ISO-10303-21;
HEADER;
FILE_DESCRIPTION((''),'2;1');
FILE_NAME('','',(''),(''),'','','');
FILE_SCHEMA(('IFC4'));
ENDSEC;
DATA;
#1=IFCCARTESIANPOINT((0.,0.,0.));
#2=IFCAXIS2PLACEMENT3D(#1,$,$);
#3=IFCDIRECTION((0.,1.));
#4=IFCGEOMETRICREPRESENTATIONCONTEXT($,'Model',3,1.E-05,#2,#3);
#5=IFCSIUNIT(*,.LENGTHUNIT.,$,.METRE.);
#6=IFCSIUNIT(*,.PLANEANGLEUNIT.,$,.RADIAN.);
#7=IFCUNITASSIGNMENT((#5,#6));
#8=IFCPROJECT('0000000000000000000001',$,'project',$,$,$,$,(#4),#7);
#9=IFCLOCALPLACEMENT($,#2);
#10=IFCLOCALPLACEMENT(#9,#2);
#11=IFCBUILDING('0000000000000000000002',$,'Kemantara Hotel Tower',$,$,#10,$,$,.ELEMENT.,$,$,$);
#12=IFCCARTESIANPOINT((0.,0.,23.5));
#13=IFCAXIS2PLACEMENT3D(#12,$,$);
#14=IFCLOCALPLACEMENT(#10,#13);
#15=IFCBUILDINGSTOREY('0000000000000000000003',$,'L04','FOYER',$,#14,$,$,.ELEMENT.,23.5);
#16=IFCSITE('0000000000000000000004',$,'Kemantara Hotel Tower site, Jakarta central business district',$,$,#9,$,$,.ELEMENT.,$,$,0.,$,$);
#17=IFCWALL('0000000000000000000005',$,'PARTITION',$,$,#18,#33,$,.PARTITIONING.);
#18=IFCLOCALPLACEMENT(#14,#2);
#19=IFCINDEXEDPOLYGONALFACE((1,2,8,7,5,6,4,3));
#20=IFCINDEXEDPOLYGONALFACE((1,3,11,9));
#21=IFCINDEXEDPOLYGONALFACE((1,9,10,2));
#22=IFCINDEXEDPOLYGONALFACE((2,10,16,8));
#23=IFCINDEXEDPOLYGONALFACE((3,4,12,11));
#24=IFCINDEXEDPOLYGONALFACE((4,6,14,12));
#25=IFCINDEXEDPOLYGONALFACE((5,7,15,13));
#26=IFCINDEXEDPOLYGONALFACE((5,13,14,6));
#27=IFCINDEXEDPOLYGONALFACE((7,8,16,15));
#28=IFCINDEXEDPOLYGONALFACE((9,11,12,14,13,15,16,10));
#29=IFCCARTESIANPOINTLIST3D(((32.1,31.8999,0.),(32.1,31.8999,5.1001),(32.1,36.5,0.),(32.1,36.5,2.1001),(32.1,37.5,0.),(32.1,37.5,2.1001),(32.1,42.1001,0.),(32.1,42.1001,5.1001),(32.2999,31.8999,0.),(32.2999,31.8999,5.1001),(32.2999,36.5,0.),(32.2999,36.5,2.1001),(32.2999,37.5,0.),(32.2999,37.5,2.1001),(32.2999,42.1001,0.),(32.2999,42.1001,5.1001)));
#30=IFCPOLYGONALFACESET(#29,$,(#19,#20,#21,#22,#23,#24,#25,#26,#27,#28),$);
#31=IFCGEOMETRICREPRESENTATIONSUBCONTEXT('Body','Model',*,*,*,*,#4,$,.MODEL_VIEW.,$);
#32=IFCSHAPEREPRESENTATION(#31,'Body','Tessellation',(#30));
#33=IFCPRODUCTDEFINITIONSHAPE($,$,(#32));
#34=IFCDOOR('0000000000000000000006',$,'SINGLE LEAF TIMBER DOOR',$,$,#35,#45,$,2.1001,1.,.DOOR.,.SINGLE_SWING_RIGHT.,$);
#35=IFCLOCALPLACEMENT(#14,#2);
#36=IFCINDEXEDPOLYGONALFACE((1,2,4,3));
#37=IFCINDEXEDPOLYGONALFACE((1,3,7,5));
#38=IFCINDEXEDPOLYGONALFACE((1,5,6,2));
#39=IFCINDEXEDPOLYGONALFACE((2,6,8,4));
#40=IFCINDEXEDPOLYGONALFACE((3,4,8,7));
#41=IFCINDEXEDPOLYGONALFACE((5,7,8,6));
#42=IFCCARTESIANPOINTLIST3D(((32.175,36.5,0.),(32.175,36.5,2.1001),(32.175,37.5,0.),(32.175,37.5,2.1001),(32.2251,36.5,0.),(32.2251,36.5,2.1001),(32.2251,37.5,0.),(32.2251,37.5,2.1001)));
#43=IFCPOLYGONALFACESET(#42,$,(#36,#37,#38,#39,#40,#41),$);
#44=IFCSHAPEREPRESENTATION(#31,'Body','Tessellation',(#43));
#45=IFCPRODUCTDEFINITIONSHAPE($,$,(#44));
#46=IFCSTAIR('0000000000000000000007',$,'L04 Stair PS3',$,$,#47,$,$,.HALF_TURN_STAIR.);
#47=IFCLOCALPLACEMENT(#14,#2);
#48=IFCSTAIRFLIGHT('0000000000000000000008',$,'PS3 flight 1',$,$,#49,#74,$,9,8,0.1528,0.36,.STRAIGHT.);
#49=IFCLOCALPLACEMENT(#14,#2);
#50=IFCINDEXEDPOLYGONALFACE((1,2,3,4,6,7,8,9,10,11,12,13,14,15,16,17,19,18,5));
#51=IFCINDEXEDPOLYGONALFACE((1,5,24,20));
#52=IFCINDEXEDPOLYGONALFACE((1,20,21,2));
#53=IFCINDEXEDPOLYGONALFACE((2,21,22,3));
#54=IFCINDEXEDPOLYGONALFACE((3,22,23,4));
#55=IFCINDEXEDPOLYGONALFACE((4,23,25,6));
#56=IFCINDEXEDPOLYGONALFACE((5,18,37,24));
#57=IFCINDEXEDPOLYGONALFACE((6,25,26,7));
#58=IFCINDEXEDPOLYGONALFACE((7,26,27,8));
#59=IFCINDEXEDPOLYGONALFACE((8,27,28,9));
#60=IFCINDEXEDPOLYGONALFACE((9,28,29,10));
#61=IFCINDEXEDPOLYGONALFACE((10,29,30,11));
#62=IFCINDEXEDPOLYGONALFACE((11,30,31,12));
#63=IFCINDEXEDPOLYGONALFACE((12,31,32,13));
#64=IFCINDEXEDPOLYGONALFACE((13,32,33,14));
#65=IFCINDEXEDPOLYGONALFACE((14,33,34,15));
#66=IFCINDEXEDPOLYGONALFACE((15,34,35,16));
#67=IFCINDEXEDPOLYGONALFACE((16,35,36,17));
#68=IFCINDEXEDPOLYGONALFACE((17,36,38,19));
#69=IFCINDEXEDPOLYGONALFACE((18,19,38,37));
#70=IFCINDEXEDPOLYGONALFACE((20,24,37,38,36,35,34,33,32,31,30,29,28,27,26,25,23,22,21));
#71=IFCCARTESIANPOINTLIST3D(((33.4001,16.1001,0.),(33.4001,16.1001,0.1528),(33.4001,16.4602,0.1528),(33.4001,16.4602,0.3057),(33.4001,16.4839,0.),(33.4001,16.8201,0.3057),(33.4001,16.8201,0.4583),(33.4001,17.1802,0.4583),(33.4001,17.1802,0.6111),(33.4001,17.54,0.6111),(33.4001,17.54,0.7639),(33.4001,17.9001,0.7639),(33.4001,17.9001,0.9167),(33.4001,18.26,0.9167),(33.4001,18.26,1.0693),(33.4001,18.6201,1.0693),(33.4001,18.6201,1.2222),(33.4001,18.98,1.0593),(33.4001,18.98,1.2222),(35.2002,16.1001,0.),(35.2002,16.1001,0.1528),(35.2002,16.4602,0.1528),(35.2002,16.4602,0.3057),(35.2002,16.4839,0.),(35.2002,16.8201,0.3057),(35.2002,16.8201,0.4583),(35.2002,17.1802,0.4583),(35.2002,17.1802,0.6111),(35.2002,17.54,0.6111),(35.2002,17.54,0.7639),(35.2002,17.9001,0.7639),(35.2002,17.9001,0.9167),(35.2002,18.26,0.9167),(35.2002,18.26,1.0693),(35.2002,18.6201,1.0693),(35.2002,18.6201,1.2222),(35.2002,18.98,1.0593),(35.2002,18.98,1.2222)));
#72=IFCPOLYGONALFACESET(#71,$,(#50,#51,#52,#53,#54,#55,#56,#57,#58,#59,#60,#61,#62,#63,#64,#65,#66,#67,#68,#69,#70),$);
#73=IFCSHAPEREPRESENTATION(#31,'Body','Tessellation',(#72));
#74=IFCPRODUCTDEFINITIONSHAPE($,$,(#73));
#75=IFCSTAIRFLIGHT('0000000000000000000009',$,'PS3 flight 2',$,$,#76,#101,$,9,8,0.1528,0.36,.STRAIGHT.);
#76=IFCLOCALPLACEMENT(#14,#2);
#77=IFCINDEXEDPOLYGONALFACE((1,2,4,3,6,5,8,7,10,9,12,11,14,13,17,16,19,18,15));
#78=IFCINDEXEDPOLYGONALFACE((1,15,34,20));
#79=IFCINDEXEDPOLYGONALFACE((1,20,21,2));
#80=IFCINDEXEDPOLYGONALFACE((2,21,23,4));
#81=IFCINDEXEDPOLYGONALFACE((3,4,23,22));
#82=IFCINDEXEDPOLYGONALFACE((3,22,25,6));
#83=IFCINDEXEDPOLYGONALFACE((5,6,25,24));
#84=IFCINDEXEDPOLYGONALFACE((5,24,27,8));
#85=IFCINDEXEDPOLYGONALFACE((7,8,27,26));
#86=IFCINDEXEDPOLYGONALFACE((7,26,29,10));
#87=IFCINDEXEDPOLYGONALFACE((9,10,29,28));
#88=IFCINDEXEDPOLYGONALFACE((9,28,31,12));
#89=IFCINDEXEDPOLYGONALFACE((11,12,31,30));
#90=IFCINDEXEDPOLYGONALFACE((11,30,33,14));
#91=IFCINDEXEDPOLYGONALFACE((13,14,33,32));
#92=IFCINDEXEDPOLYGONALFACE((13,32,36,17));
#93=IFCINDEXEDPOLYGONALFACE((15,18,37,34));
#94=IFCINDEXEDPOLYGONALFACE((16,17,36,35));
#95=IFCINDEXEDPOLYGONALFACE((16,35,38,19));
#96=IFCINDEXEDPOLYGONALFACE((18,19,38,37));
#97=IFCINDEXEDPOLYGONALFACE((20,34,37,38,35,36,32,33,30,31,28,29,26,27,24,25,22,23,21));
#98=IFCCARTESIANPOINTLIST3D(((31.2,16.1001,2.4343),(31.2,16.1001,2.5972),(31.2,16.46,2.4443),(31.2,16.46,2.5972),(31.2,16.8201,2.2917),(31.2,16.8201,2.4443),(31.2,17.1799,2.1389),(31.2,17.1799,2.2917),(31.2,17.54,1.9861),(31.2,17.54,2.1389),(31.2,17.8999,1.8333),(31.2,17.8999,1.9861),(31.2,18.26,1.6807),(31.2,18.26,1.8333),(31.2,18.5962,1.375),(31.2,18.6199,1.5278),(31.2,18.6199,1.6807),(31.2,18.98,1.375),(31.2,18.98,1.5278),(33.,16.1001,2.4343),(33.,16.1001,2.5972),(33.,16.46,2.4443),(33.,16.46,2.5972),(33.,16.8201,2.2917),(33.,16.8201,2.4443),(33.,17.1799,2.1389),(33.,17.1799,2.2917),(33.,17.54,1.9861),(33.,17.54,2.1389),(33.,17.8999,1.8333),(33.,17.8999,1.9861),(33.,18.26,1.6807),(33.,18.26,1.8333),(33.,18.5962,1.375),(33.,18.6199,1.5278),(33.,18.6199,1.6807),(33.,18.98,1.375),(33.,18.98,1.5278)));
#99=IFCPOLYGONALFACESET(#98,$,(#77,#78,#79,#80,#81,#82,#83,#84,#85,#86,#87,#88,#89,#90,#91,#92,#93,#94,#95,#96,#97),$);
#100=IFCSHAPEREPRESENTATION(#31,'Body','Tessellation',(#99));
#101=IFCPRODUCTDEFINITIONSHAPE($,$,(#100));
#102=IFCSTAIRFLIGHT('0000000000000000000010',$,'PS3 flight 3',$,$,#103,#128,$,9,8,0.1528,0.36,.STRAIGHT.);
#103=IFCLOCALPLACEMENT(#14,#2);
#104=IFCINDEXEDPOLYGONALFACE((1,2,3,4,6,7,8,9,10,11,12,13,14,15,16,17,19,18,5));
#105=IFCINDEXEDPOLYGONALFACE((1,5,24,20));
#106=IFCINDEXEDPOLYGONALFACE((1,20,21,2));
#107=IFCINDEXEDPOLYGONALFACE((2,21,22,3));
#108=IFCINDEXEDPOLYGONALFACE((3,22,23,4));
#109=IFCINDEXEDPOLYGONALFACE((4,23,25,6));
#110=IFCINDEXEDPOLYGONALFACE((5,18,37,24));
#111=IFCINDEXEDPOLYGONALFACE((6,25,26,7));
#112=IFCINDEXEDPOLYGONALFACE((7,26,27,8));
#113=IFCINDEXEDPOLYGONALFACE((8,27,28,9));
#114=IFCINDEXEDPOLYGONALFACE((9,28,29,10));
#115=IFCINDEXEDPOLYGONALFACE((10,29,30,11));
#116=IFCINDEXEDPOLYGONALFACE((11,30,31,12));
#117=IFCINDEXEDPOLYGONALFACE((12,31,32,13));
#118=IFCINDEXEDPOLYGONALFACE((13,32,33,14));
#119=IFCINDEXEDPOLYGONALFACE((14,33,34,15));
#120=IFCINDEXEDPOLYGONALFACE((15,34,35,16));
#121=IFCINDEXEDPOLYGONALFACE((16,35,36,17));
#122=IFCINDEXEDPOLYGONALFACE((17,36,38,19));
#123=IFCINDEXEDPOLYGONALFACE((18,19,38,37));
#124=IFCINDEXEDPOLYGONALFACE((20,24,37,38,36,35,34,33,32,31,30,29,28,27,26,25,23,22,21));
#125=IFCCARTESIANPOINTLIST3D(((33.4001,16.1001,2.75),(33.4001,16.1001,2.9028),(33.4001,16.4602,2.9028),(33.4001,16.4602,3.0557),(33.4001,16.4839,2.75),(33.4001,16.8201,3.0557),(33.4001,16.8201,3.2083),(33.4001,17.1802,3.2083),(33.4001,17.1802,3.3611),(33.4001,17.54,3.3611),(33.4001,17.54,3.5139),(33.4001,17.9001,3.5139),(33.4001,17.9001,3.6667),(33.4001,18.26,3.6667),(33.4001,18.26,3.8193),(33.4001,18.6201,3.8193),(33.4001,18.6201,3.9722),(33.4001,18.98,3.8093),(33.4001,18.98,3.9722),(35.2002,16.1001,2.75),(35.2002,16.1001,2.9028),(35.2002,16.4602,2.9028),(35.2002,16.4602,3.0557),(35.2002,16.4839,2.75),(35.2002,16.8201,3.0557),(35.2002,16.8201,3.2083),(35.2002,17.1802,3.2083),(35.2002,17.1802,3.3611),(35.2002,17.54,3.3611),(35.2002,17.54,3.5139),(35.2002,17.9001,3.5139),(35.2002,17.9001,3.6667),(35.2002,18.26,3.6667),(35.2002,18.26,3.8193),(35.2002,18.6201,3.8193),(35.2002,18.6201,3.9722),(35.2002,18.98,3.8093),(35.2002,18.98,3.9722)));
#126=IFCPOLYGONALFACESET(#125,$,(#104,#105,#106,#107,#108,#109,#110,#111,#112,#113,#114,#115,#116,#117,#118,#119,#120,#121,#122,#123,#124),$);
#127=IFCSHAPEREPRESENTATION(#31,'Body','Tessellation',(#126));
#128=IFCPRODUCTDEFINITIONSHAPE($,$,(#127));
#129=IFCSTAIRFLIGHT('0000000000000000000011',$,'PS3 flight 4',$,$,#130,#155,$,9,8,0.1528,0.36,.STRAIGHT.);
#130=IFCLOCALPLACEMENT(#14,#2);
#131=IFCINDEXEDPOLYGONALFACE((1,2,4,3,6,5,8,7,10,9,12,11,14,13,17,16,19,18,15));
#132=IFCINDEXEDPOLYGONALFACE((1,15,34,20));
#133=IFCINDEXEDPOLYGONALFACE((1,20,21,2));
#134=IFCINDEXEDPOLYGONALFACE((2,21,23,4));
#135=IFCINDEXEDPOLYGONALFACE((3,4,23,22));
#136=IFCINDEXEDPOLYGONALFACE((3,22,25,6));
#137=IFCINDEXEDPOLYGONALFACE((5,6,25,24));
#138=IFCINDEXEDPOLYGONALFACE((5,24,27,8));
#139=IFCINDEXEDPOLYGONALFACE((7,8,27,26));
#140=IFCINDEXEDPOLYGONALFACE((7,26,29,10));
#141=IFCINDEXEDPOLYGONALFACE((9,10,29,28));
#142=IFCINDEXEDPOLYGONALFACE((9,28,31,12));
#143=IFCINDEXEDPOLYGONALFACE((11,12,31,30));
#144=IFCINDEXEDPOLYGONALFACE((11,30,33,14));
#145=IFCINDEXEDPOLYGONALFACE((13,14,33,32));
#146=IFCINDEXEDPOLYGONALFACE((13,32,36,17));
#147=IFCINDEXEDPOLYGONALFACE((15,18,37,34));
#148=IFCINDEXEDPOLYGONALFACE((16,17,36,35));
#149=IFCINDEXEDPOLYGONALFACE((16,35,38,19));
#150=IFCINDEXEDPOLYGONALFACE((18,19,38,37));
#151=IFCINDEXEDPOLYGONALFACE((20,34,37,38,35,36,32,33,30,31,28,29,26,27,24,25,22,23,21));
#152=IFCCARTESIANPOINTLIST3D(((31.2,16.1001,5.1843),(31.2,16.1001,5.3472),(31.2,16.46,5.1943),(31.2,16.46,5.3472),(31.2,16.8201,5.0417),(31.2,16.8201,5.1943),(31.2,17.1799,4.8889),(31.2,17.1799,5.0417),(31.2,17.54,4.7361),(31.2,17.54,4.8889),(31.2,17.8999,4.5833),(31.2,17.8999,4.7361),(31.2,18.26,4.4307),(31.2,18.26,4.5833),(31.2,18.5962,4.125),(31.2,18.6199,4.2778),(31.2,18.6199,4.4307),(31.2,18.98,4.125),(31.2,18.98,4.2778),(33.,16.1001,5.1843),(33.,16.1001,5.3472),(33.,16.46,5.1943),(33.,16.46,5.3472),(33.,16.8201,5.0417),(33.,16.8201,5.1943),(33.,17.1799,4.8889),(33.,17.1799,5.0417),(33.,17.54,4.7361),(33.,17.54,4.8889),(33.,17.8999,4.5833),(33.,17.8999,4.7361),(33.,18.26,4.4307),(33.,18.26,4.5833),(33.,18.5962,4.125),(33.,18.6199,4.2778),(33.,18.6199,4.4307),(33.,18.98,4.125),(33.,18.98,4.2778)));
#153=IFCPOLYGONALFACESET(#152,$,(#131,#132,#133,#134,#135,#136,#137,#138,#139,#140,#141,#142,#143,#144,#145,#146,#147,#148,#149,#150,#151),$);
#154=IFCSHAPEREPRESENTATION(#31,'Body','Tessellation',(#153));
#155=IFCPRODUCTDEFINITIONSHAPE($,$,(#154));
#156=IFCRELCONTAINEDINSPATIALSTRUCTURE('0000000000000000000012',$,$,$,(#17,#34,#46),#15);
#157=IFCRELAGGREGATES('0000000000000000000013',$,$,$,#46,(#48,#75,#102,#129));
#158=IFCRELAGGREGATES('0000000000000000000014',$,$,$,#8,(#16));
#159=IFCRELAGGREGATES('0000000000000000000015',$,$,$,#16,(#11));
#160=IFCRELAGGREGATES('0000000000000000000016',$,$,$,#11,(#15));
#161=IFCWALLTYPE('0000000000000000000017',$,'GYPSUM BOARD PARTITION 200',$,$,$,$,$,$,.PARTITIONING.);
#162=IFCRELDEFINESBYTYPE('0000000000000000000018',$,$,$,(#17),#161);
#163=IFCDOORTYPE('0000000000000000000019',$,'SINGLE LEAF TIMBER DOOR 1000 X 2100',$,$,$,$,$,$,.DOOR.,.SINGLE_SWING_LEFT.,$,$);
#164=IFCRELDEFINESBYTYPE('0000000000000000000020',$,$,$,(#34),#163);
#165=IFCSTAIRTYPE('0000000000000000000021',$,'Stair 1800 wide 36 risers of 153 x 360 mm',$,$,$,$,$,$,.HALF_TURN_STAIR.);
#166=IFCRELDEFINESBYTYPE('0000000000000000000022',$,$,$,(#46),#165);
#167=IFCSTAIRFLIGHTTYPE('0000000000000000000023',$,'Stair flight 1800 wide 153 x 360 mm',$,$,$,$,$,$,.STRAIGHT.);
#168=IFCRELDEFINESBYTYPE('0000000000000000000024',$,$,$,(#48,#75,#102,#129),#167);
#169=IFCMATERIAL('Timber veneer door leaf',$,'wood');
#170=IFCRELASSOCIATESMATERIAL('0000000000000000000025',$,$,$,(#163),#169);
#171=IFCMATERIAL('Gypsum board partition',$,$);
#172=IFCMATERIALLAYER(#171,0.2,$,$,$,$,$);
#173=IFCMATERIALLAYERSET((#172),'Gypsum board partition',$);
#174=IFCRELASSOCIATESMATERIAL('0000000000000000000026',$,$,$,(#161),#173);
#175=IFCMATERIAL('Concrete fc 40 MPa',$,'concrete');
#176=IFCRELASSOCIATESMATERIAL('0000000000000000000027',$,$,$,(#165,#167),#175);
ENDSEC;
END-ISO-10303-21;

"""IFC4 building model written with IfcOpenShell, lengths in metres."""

from ifc_helpers import new_model, si_unit, direction, frame, frame_2d, origin, place, context, subcontext, project, spatial, polyline, rectangle, outline, extrude, material, layer, layer_set, type_object, element, fill, aggregate, save


model = new_model("IFC4")

# Units and contexts
model_context = context("Model", 3, precision=1e-05, world=origin(), true_north=direction((0.0, 1.0)))
body_context = subcontext(model_context, "Body", "Model", "MODEL_VIEW")
ifc_project = project(units=[si_unit("LENGTHUNIT", "METRE"), si_unit("PLANEANGLEUNIT", "RADIAN")], contexts=[model_context])

# Site, building, storey
site_placement = place(None, origin())
site = spatial("IfcSite", under=ifc_project, at=site_placement, Name="Kemantara Hotel Tower site, Jakarta central business district", CompositionType="ELEMENT", RefElevation=0.0)
building_placement = place(site_placement, origin())
building = spatial("IfcBuilding", under=site, at=building_placement, Name="Kemantara Hotel Tower", CompositionType="ELEMENT")
storey_placement = place(building_placement, frame((0.0, 0.0, 23.5)))
storey = spatial("IfcBuildingStorey", under=building, at=storey_placement, Name="L04", Description="FOYER", CompositionType="ELEMENT", Elevation=23.5)

# Shared definitions
ifc_material_1 = material(Name="Concrete fc 40 MPa", Category="concrete")

# Wall, opening, door
ifc_material_2 = material(Name="Timber veneer door leaf", Category="wood")
door_type_1 = type_object("IfcDoorType", Name="SINGLE LEAF TIMBER DOOR 1000 X 2100", OperationType="SINGLE_SWING_LEFT", PredefinedType="DOOR", material=ifc_material_2)
ifc_material_3 = material(Name="Gypsum board partition")
ifc_layer_1 = layer(ifc_material_3, 0.2)
ifc_layer_set_1 = layer_set([ifc_layer_1], Name="Gypsum board partition")
wall_type_1 = type_object("IfcWallType", Name="GYPSUM BOARD PARTITION 200", PredefinedType="PARTITIONING", material=ifc_layer_set_1)
wall_1_placement = place(storey_placement, frame((32.2, 31.8999, 0.0), z_axis=(0.0, 0.0, 1.0), x_axis=(0.0, 1.0, 0.0)))
wall_1 = element("IfcWall", 1, at=wall_1_placement, inside=storey, type_object=wall_type_1, Name="PARTITION", PredefinedType="PARTITIONING", context=body_context, shape_type="SweptSolid", body=[
    extrude(rectangle(XDim=10.2002, YDim=0.2, at=frame_2d((5.1001, 0.0))), origin(), (0.0, 0.0, 1.0), 5.1001),
])
opening_1_placement = place(wall_1_placement, frame((4.6001, 0.0, 0.0)))
opening_1 = element("IfcOpeningElement", 2, at=opening_1_placement, cuts=wall_1, PredefinedType="OPENING", context=body_context, shape_type="SweptSolid", body=[
    extrude(rectangle(XDim=1.0, YDim=2.1001, at=frame_2d((0.5, 1.05))), frame((0.0, 0.1099, 0.0), z_axis=(0.0, -1.0, 0.0), x_axis=(1.0, 0.0, 0.0)), (0.0, 0.0, 1.0), 0.22),
])
door_1_placement = place(opening_1_placement, origin())
door_1 = element("IfcDoor", 3, at=door_1_placement, inside=storey, type_object=door_type_1, Name="SINGLE LEAF TIMBER DOOR", OperationType="SINGLE_SWING_RIGHT", OverallHeight=2.1001, OverallWidth=1.0, PredefinedType="DOOR", context=body_context, shape_type="SweptSolid", body=[
    extrude(rectangle(XDim=1.0, YDim=2.1001, at=frame_2d((0.5, 1.05))), frame((0.0, 0.0249, 0.0), z_axis=(0.0, -1.0, 0.0), x_axis=(1.0, 0.0, 0.0)), (0.0, 0.0, 1.0), 0.05),
])
fill(opening_1, door_1)

# Stair, stair flights
stair_type = type_object("IfcStairType", Name="Stair 1800 wide 36 risers of 153 x 360 mm", PredefinedType="HALF_TURN_STAIR", material=ifc_material_1)
stair_placement = place(storey_placement, origin())
stair = element("IfcStair", 4, at=stair_placement, inside=storey, type_object=stair_type, Name="L04 Stair PS3", PredefinedType="HALF_TURN_STAIR")
stair_flight_type = type_object("IfcStairFlightType", Name="Stair flight 1800 wide 153 x 360 mm", PredefinedType="STRAIGHT", material=ifc_material_1)
stair_flight_1_placement = place(storey_placement, frame((34.3, 16.1001, 0.0), z_axis=(0.0, 0.0, 1.0), x_axis=(0.0, 1.0, 0.0)))
stair_flight_1 = element("IfcStairFlight", 5, at=stair_flight_1_placement, type_object=stair_flight_type, Name="PS3 flight 1", NumberOfRisers=9, NumberOfTreads=8, PredefinedType="STRAIGHT", RiserHeight=0.1528, TreadLength=0.36, context=body_context, shape_type="SweptSolid", body=[
    extrude(outline(polyline([(0.0, 0.0), (0.0, 0.1528), (0.3601, 0.1528), (0.3601, 0.3057), (0.72, 0.3057), (0.72, 0.4583), (1.0801, 0.4583), (1.0801, 0.6111), (1.4399, 0.6111), (1.4399, 0.7639), (1.8, 0.7639), (1.8, 0.9167), (2.1599, 0.9167), (2.1599, 1.0693), (2.52, 1.0693), (2.52, 1.2222), (2.8799, 1.2222), (2.8799, 1.375), (2.8799, 1.0593), (0.3838, 0.0), (0.0, 0.0)])), frame((0.0, 0.8999, 0.0), z_axis=(0.0, -1.0, 0.0), x_axis=(1.0, 0.0, 0.0)), (0.0, 0.0, 1.0), 1.8),
])
stair_flight_2_placement = place(storey_placement, frame((32.1001, 18.98, 1.375), z_axis=(0.0, 0.0, 1.0), x_axis=(0.0, -1.0, 0.0)))
stair_flight_2 = element("IfcStairFlight", 6, at=stair_flight_2_placement, type_object=stair_flight_type, Name="PS3 flight 2", NumberOfRisers=9, NumberOfTreads=8, PredefinedType="STRAIGHT", RiserHeight=0.1528, TreadLength=0.36, context=body_context, shape_type="SweptSolid", body=[
    extrude(outline(polyline([(0.0, 0.0), (0.0, 0.1528), (0.3601, 0.1528), (0.3601, 0.3057), (0.72, 0.3057), (0.72, 0.4583), (1.0801, 0.4583), (1.0801, 0.6111), (1.4399, 0.6111), (1.4399, 0.7639), (1.8, 0.7639), (1.8, 0.9167), (2.1599, 0.9167), (2.1599, 1.0693), (2.52, 1.0693), (2.52, 1.2222), (2.8799, 1.2222), (2.8799, 1.375), (2.8799, 1.0593), (0.3838, 0.0), (0.0, 0.0)])), frame((0.0, 0.8999, 0.0), z_axis=(0.0, -1.0, 0.0), x_axis=(1.0, 0.0, 0.0)), (0.0, 0.0, 1.0), 1.8),
])
stair_flight_3_placement = place(storey_placement, frame((34.3, 16.1001, 2.75), z_axis=(0.0, 0.0, 1.0), x_axis=(0.0, 1.0, 0.0)))
stair_flight_3 = element("IfcStairFlight", 7, at=stair_flight_3_placement, type_object=stair_flight_type, Name="PS3 flight 3", NumberOfRisers=9, NumberOfTreads=8, PredefinedType="STRAIGHT", RiserHeight=0.1528, TreadLength=0.36, context=body_context, shape_type="SweptSolid", body=[
    extrude(outline(polyline([(0.0, 0.0), (0.0, 0.1528), (0.3601, 0.1528), (0.3601, 0.3057), (0.72, 0.3057), (0.72, 0.4583), (1.0801, 0.4583), (1.0801, 0.6111), (1.4399, 0.6111), (1.4399, 0.7639), (1.8, 0.7639), (1.8, 0.9167), (2.1599, 0.9167), (2.1599, 1.0693), (2.52, 1.0693), (2.52, 1.2222), (2.8799, 1.2222), (2.8799, 1.375), (2.8799, 1.0593), (0.3838, 0.0), (0.0, 0.0)])), frame((0.0, 0.8999, 0.0), z_axis=(0.0, -1.0, 0.0), x_axis=(1.0, 0.0, 0.0)), (0.0, 0.0, 1.0), 1.8),
])
stair_flight_4_placement = place(storey_placement, frame((32.1001, 18.98, 4.125), z_axis=(0.0, 0.0, 1.0), x_axis=(0.0, -1.0, 0.0)))
stair_flight_4 = element("IfcStairFlight", 8, at=stair_flight_4_placement, type_object=stair_flight_type, Name="PS3 flight 4", NumberOfRisers=9, NumberOfTreads=8, PredefinedType="STRAIGHT", RiserHeight=0.1528, TreadLength=0.36, context=body_context, shape_type="SweptSolid", body=[
    extrude(outline(polyline([(0.0, 0.0), (0.0, 0.1528), (0.3601, 0.1528), (0.3601, 0.3057), (0.72, 0.3057), (0.72, 0.4583), (1.0801, 0.4583), (1.0801, 0.6111), (1.4399, 0.6111), (1.4399, 0.7639), (1.8, 0.7639), (1.8, 0.9167), (2.1599, 0.9167), (2.1599, 1.0693), (2.52, 1.0693), (2.52, 1.2222), (2.8799, 1.2222), (2.8799, 1.375), (2.8799, 1.0593), (0.3838, 0.0), (0.0, 0.0)])), frame((0.0, 0.8999, 0.0), z_axis=(0.0, -1.0, 0.0), x_axis=(1.0, 0.0, 0.0)), (0.0, 0.0, 1.0), 1.8),
])
aggregate(stair, [stair_flight_1, stair_flight_2, stair_flight_3, stair_flight_4])

save(model, "model.ifc")
